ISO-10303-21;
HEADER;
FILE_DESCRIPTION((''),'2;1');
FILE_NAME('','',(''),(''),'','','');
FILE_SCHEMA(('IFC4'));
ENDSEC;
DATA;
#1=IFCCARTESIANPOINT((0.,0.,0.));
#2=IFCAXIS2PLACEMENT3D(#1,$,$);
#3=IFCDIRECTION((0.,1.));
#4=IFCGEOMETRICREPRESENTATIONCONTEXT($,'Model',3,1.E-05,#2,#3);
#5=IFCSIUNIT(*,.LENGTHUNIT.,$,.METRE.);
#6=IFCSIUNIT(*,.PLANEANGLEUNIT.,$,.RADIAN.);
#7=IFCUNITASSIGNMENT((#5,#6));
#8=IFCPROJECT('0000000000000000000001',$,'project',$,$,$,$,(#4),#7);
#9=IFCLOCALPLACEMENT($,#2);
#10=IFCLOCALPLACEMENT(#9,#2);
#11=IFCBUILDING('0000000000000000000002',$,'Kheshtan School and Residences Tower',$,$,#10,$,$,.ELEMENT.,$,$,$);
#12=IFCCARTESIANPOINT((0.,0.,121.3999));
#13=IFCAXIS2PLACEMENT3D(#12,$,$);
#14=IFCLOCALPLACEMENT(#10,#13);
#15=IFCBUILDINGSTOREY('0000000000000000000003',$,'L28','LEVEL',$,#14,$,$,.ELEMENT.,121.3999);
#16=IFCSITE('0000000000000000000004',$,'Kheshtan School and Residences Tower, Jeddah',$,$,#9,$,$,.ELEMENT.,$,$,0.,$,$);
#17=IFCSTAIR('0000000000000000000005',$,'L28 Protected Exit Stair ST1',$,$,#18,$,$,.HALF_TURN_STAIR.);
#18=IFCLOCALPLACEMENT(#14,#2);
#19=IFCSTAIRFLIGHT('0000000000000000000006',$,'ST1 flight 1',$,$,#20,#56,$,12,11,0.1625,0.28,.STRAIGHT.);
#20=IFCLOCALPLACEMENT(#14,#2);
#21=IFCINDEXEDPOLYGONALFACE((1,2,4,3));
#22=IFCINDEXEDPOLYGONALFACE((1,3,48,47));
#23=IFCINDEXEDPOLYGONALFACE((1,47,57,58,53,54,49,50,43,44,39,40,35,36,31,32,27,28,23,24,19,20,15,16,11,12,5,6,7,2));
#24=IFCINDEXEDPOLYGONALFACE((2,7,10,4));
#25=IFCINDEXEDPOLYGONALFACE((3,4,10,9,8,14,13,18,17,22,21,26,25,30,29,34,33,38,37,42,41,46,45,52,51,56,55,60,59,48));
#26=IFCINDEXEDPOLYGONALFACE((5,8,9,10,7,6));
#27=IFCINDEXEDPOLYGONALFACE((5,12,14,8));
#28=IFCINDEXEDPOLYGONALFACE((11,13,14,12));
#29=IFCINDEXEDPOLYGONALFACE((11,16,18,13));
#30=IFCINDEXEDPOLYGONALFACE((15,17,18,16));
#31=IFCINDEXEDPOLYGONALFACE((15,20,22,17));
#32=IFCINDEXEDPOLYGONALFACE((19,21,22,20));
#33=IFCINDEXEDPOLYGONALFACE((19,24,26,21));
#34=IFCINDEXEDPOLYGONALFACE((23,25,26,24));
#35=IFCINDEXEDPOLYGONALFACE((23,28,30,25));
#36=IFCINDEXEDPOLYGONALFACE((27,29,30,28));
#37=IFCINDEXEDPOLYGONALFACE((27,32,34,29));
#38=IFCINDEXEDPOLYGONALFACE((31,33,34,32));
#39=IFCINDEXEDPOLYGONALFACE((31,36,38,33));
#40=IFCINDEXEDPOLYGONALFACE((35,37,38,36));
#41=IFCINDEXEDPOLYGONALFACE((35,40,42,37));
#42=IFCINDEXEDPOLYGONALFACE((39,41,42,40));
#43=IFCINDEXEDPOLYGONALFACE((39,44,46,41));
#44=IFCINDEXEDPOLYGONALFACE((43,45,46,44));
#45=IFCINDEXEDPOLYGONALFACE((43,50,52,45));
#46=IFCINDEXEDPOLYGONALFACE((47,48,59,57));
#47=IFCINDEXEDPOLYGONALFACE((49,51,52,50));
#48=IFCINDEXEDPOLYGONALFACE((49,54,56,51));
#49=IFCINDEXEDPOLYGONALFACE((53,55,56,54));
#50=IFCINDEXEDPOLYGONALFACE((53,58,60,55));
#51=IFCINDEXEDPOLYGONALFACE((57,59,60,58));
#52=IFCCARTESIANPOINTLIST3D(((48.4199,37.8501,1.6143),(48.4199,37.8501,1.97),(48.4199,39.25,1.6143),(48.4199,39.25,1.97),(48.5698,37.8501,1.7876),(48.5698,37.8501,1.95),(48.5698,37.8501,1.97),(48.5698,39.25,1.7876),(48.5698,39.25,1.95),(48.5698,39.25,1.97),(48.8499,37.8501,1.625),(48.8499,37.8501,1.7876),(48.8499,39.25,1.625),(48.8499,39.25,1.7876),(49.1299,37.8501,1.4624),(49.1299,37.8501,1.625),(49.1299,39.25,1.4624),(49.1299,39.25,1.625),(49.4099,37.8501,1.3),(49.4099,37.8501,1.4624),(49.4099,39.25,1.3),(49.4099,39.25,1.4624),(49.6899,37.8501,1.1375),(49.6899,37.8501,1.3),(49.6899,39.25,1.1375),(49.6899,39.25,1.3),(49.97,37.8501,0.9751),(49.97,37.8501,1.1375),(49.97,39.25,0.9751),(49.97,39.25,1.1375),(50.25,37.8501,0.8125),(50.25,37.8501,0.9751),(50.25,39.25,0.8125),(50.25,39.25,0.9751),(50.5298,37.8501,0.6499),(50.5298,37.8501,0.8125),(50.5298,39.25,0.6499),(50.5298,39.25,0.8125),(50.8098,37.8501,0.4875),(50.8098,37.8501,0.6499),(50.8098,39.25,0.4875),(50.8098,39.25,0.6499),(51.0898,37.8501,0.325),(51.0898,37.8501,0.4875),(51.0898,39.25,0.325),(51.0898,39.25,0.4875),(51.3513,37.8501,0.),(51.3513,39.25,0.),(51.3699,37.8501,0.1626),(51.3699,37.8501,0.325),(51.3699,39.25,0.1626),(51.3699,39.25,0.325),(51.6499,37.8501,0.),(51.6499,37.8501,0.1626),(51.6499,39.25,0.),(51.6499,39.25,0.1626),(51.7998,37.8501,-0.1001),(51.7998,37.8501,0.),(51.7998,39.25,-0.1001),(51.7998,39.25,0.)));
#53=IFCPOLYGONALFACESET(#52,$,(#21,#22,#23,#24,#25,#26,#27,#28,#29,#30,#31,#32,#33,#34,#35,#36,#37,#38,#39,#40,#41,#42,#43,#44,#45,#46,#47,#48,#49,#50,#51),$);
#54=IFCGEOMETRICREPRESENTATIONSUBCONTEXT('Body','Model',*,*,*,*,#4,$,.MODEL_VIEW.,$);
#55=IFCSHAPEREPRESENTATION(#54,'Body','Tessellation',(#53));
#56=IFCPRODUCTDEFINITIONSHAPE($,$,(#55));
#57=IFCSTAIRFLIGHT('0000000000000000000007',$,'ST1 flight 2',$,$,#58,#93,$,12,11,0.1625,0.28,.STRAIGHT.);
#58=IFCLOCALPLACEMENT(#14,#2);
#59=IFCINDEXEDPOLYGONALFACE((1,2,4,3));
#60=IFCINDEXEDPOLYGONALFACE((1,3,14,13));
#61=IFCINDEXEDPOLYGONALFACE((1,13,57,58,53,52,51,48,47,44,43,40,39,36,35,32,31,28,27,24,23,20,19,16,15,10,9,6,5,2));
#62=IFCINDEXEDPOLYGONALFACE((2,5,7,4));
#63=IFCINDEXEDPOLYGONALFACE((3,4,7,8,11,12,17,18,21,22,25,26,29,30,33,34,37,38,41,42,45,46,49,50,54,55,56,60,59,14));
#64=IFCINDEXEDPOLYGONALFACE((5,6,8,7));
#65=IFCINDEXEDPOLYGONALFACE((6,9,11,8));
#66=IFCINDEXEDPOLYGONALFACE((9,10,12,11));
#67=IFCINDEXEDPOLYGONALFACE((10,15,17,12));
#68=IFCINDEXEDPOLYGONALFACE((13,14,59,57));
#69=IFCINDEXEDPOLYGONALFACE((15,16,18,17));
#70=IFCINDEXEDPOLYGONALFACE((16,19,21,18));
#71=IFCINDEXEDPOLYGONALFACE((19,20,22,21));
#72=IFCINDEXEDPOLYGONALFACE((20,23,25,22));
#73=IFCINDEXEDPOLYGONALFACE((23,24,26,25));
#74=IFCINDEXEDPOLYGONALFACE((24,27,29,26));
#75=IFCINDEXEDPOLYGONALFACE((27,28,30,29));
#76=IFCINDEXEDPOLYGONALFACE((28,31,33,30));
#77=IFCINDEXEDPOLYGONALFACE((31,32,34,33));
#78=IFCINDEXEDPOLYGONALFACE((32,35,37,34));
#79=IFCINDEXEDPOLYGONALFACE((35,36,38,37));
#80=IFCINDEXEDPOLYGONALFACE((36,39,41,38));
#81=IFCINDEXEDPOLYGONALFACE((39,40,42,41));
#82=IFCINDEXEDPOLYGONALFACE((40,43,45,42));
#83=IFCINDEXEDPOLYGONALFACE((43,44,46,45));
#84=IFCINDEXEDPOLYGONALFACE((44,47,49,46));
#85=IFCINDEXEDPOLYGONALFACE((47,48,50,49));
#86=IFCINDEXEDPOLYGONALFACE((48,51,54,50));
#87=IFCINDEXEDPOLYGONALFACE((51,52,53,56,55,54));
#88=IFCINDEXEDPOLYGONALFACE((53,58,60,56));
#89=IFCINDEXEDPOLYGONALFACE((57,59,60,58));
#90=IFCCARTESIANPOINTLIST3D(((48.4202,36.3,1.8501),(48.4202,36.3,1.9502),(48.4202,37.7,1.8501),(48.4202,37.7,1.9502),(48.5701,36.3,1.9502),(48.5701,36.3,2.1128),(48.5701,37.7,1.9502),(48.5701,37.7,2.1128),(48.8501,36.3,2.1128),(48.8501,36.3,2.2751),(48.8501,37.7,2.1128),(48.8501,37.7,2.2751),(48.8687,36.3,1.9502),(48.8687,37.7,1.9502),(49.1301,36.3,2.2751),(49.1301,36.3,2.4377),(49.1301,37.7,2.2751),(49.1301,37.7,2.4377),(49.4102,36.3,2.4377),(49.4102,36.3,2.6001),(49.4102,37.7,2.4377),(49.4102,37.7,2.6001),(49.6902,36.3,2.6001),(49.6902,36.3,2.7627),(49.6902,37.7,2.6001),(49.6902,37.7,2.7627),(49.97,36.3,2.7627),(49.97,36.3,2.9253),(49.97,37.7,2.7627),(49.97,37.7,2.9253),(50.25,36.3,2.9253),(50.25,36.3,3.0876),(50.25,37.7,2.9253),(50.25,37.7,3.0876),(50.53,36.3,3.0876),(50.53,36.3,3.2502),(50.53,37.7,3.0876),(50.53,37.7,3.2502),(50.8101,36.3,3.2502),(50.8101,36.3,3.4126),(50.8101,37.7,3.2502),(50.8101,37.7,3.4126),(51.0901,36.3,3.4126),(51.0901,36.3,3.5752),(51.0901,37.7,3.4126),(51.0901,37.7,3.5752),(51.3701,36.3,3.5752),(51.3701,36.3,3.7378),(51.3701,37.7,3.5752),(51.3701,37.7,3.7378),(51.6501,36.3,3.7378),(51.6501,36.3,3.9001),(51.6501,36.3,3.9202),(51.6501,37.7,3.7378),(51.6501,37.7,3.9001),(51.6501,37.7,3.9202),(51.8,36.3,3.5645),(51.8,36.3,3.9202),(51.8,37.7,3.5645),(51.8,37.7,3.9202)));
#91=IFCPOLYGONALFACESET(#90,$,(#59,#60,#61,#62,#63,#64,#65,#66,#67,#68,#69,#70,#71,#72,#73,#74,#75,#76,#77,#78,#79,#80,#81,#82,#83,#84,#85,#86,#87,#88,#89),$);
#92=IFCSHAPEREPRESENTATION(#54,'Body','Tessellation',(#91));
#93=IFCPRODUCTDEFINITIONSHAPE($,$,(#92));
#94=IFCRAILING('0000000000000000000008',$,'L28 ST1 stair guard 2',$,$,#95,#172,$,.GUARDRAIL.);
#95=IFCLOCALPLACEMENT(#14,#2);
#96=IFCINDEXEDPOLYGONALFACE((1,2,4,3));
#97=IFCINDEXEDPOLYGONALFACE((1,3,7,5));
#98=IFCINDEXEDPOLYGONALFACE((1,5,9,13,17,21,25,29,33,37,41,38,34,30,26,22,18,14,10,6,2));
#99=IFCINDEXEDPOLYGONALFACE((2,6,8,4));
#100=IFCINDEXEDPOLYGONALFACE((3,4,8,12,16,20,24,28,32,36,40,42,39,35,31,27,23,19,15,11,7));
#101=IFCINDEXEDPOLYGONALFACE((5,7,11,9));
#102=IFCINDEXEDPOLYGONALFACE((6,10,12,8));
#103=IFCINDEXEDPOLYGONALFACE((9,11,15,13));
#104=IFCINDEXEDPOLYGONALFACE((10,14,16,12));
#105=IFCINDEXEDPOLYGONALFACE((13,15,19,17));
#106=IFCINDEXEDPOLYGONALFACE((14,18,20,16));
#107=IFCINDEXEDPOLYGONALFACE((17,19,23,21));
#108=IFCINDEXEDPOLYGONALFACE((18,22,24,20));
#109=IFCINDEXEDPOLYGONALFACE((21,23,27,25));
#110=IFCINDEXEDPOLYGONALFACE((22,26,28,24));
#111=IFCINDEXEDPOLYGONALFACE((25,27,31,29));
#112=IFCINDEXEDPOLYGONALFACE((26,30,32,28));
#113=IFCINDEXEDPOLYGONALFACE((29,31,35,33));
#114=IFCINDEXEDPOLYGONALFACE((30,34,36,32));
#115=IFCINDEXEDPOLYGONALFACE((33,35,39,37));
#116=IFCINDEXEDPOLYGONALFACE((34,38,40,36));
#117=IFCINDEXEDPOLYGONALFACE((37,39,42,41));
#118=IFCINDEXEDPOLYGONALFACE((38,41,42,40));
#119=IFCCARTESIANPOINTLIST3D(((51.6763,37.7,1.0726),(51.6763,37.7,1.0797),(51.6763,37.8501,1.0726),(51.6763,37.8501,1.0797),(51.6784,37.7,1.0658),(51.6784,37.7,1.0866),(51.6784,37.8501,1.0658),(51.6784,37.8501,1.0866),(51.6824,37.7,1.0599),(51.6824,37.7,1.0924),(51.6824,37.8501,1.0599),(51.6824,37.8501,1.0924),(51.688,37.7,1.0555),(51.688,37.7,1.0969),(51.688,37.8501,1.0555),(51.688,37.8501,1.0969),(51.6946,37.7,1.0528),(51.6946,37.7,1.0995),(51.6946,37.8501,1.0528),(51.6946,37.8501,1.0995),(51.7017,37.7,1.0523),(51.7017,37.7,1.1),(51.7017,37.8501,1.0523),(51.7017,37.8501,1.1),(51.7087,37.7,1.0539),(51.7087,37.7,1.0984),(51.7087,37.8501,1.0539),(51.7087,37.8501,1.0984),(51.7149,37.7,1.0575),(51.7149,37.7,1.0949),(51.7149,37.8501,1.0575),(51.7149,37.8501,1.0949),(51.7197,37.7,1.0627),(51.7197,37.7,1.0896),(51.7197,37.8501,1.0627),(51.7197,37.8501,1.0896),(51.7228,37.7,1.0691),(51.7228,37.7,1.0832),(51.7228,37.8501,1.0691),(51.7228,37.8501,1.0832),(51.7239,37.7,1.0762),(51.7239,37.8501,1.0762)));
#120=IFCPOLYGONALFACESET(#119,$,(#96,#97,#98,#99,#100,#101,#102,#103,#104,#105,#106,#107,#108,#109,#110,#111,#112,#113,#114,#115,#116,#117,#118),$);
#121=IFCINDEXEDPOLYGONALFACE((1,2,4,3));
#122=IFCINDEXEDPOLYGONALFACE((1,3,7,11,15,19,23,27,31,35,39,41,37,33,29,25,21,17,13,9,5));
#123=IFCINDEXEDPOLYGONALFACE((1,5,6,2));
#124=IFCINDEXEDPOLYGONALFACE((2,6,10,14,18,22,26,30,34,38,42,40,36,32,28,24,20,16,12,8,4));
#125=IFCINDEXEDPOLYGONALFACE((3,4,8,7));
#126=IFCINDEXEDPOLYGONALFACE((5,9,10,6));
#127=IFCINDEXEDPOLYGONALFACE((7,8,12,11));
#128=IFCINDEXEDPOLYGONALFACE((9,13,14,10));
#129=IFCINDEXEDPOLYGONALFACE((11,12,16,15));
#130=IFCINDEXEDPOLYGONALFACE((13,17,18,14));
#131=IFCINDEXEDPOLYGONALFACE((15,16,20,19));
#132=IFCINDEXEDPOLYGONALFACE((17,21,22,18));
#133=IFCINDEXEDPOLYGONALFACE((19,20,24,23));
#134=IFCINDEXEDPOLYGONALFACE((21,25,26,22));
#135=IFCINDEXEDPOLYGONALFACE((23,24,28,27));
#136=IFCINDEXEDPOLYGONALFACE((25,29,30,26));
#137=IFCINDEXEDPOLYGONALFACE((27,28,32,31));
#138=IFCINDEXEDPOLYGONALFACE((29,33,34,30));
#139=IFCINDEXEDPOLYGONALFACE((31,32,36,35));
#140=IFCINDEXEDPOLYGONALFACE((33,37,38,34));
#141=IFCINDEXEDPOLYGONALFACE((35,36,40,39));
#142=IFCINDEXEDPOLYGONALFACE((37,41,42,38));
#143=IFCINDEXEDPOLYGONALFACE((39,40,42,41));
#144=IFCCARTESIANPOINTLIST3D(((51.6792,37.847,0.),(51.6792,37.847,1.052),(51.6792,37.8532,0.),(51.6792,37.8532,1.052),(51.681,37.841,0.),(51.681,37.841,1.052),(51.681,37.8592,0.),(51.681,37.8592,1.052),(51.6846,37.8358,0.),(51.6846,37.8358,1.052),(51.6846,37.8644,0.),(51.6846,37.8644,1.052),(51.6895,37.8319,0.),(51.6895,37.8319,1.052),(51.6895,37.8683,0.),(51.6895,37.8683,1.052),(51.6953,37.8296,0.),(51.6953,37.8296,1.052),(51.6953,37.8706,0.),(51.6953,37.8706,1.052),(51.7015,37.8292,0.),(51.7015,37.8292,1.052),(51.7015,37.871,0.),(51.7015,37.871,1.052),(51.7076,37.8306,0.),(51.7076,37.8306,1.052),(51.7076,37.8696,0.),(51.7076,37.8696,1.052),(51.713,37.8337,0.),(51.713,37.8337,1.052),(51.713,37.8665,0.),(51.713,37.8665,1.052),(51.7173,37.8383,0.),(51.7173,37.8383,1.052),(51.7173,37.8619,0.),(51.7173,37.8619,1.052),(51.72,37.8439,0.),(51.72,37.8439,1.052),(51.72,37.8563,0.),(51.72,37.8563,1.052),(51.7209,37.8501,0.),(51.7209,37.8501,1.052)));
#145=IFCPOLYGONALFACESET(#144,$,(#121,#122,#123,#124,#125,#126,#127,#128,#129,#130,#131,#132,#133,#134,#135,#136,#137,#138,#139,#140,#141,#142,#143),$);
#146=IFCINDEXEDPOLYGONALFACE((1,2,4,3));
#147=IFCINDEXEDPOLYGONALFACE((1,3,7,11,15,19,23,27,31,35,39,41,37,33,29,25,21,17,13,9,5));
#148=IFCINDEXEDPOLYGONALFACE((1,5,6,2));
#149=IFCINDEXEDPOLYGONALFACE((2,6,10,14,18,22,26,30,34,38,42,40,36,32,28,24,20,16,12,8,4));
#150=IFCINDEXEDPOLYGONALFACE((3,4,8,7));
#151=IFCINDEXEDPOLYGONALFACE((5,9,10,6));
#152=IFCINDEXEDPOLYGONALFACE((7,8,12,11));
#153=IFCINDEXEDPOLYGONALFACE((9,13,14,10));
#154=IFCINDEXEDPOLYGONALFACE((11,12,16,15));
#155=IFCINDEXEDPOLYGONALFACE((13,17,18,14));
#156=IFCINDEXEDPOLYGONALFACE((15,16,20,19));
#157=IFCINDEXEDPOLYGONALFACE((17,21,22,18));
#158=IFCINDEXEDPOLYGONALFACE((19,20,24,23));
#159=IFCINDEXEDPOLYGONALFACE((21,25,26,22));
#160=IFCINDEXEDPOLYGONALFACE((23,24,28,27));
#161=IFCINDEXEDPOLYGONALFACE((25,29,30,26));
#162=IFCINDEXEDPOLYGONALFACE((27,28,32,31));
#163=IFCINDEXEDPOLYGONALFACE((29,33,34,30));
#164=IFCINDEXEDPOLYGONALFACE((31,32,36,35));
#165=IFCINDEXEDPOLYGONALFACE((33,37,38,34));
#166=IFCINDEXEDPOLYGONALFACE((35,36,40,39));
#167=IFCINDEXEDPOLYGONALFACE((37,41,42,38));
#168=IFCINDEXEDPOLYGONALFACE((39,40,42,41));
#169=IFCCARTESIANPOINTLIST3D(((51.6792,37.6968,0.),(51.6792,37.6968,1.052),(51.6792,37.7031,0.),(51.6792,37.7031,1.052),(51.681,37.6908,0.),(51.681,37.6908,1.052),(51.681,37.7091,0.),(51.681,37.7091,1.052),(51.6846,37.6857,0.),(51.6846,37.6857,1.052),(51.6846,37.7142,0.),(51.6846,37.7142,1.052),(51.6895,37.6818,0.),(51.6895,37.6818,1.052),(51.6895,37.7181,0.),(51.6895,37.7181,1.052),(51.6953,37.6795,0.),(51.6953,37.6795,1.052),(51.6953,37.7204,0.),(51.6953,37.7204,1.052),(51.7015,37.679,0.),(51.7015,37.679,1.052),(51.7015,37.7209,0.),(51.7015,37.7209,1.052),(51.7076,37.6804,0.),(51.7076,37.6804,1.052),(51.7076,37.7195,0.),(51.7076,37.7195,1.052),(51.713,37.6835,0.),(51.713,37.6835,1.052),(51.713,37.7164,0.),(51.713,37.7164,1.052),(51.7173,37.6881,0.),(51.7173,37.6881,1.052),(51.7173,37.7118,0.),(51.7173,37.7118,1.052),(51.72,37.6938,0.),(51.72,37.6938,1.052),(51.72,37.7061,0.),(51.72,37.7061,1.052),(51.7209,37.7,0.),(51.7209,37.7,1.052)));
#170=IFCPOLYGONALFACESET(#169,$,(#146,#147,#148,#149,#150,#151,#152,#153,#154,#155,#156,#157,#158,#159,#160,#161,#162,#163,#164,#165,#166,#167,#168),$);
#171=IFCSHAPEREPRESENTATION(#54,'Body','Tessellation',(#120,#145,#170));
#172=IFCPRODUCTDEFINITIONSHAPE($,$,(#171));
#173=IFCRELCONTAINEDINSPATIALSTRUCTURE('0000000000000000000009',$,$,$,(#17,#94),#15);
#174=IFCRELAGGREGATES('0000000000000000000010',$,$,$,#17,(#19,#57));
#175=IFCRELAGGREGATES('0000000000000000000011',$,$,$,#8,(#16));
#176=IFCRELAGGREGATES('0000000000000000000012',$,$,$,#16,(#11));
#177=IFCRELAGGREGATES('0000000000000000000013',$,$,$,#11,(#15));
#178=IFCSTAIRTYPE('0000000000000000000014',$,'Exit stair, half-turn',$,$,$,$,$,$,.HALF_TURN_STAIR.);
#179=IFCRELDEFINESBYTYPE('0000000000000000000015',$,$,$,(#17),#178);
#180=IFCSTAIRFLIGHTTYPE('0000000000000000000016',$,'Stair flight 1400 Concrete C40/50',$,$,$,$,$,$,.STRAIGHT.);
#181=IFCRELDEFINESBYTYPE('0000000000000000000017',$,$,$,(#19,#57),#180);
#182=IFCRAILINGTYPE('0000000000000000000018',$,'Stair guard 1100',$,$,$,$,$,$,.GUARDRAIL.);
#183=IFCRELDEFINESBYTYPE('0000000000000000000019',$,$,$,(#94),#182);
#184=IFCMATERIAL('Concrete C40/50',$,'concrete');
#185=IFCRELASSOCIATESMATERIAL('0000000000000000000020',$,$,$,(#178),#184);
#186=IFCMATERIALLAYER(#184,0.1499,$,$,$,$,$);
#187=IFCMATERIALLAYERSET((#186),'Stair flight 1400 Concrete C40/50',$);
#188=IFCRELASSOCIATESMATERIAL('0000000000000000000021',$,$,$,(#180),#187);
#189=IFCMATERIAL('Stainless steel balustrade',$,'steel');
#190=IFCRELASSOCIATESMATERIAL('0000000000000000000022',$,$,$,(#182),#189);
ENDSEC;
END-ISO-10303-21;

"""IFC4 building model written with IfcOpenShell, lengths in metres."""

from ifc_helpers import new_model, si_unit, direction, frame, origin, origin_2d, place, context, subcontext, project, spatial, polyline, circle, outline, extrude, material, layer, layer_set, type_object, element, aggregate, save


model = new_model("IFC4")

# Units and contexts
model_context = context("Model", 3, precision=1e-05, world=origin(), true_north=direction((0.0, 1.0)))
body_context = subcontext(model_context, "Body", "Model", "MODEL_VIEW")
ifc_project = project(units=[si_unit("LENGTHUNIT", "METRE"), si_unit("PLANEANGLEUNIT", "RADIAN")], contexts=[model_context])

# Site, building, storey
site_placement = place(None, origin())
site = spatial("IfcSite", under=ifc_project, at=site_placement, Name="Kheshtan School and Residences Tower, Jeddah", CompositionType="ELEMENT", RefElevation=0.0)
building_placement = place(site_placement, origin())
building = spatial("IfcBuilding", under=site, at=building_placement, Name="Kheshtan School and Residences Tower", CompositionType="ELEMENT")
storey_placement = place(building_placement, frame((0.0, 0.0, 121.3999)))
storey = spatial("IfcBuildingStorey", under=building, at=storey_placement, Name="L28", Description="LEVEL", CompositionType="ELEMENT", Elevation=121.3999)

# Shared definitions
ifc_material_1 = material(Name="Concrete C40/50", Category="concrete")

# Stair, stair flights
stair_type = type_object("IfcStairType", Name="Exit stair, half-turn", PredefinedType="HALF_TURN_STAIR", material=ifc_material_1)
stair_placement = place(storey_placement, origin())
stair = element("IfcStair", 1, at=stair_placement, inside=storey, type_object=stair_type, Name="L28 Protected Exit Stair ST1", PredefinedType="HALF_TURN_STAIR")
ifc_layer_1 = layer(ifc_material_1, 0.1499)
ifc_layer_set_1 = layer_set([ifc_layer_1], Name="Stair flight 1400 Concrete C40/50")
stair_flight_type = type_object("IfcStairFlightType", Name="Stair flight 1400 Concrete C40/50", PredefinedType="STRAIGHT", material=ifc_layer_set_1)
stair_flight_1_placement = place(storey_placement, frame((51.6499, 38.55, 0.0), z_axis=(0.0, 0.0, 1.0), x_axis=(-1.0, 0.0, 0.0)))
stair_flight_1 = element("IfcStairFlight", 2, at=stair_flight_1_placement, type_object=stair_flight_type, Name="ST1 flight 1", NumberOfRisers=12, NumberOfTreads=11, PredefinedType="STRAIGHT", RiserHeight=0.1625, TreadLength=0.28, context=body_context, shape_type="SweptSolid", body=[
    extrude(outline(polyline([(-0.1499, -0.1001), (-0.1499, 0.0), (0.0, 0.0), (0.0, 0.1626), (0.28, 0.1626), (0.28, 0.325), (0.5601, 0.325), (0.5601, 0.4875), (0.8401, 0.4875), (0.8401, 0.6499), (1.1201, 0.6499), (1.1201, 0.8125), (1.3999, 0.8125), (1.3999, 0.9751), (1.6799, 0.9751), (1.6799, 1.1375), (1.96, 1.1375), (1.96, 1.3), (2.24, 1.3), (2.24, 1.4624), (2.52, 1.4624), (2.52, 1.625), (2.8, 1.625), (2.8, 1.7876), (3.0801, 1.7876), (3.0801, 1.95), (3.0801, 1.97), (3.23, 1.97), (3.23, 1.6143), (0.2986, 0.0), (-0.1499, -0.1001)])), frame((0.0, 0.7, 0.0), z_axis=(0.0, -1.0, 0.0), x_axis=(1.0, 0.0, 0.0)), (0.0, 0.0, 1.0), 1.3999),
])
stair_flight_2_placement = place(storey_placement, frame((48.5701, 37.0, 1.9502), z_axis=(0.0, 0.0, 1.0), x_axis=(1.0, 0.0, 0.0)))
stair_flight_2 = element("IfcStairFlight", 3, at=stair_flight_2_placement, type_object=stair_flight_type, Name="ST1 flight 2", NumberOfRisers=12, NumberOfTreads=11, PredefinedType="STRAIGHT", RiserHeight=0.1625, TreadLength=0.28, context=body_context, shape_type="SweptSolid", body=[
    extrude(outline(polyline([(-0.1499, -0.1001), (-0.1499, 0.0), (0.0, 0.0), (0.0, 0.1626), (0.28, 0.1626), (0.28, 0.325), (0.5601, 0.325), (0.5601, 0.4875), (0.8401, 0.4875), (0.8401, 0.6499), (1.1201, 0.6499), (1.1201, 0.8125), (1.3999, 0.8125), (1.3999, 0.9751), (1.6799, 0.9751), (1.6799, 1.1375), (1.96, 1.1375), (1.96, 1.3), (2.24, 1.3), (2.24, 1.4624), (2.52, 1.4624), (2.52, 1.625), (2.8, 1.625), (2.8, 1.7876), (3.0801, 1.7876), (3.0801, 1.95), (3.0801, 1.97), (3.23, 1.97), (3.23, 1.6143), (0.2986, 0.0), (-0.1499, -0.1001)])), frame((0.0, 0.7, 0.0), z_axis=(0.0, -1.0, 0.0), x_axis=(1.0, 0.0, 0.0)), (0.0, 0.0, 1.0), 1.3999),
])
aggregate(stair, [stair_flight_1, stair_flight_2])

# Railing
ifc_material_2 = material(Name="Stainless steel balustrade", Category="steel")
railing_type_1 = type_object("IfcRailingType", Name="Stair guard 1100", PredefinedType="GUARDRAIL", material=ifc_material_2)
railing_1_placement = place(storey_placement, frame((51.7, 37.8501, 0.0)))
element("IfcRailing", 4, at=railing_1_placement, inside=storey, type_object=railing_type_1, Name="L28 ST1 stair guard 2", PredefinedType="GUARDRAIL", context=body_context, shape_type="SweptSolid", body=[
    extrude(circle(Radius=0.0239, at=origin_2d()), frame((0.0, 0.0, 1.0762), z_axis=(0.0, -1.0, 0.0), x_axis=(1.0, 0.0, 0.0)), (0.0, 0.0, 1.0), 0.1501),
    extrude(circle(Radius=0.021, at=origin_2d()), origin(), (0.0, 0.0, 1.0), 1.052),
    extrude(circle(Radius=0.021, at=origin_2d()), frame((0.0, -0.1501, 0.0)), (0.0, 0.0, 1.0), 1.052),
])

save(model, "model.ifc")
